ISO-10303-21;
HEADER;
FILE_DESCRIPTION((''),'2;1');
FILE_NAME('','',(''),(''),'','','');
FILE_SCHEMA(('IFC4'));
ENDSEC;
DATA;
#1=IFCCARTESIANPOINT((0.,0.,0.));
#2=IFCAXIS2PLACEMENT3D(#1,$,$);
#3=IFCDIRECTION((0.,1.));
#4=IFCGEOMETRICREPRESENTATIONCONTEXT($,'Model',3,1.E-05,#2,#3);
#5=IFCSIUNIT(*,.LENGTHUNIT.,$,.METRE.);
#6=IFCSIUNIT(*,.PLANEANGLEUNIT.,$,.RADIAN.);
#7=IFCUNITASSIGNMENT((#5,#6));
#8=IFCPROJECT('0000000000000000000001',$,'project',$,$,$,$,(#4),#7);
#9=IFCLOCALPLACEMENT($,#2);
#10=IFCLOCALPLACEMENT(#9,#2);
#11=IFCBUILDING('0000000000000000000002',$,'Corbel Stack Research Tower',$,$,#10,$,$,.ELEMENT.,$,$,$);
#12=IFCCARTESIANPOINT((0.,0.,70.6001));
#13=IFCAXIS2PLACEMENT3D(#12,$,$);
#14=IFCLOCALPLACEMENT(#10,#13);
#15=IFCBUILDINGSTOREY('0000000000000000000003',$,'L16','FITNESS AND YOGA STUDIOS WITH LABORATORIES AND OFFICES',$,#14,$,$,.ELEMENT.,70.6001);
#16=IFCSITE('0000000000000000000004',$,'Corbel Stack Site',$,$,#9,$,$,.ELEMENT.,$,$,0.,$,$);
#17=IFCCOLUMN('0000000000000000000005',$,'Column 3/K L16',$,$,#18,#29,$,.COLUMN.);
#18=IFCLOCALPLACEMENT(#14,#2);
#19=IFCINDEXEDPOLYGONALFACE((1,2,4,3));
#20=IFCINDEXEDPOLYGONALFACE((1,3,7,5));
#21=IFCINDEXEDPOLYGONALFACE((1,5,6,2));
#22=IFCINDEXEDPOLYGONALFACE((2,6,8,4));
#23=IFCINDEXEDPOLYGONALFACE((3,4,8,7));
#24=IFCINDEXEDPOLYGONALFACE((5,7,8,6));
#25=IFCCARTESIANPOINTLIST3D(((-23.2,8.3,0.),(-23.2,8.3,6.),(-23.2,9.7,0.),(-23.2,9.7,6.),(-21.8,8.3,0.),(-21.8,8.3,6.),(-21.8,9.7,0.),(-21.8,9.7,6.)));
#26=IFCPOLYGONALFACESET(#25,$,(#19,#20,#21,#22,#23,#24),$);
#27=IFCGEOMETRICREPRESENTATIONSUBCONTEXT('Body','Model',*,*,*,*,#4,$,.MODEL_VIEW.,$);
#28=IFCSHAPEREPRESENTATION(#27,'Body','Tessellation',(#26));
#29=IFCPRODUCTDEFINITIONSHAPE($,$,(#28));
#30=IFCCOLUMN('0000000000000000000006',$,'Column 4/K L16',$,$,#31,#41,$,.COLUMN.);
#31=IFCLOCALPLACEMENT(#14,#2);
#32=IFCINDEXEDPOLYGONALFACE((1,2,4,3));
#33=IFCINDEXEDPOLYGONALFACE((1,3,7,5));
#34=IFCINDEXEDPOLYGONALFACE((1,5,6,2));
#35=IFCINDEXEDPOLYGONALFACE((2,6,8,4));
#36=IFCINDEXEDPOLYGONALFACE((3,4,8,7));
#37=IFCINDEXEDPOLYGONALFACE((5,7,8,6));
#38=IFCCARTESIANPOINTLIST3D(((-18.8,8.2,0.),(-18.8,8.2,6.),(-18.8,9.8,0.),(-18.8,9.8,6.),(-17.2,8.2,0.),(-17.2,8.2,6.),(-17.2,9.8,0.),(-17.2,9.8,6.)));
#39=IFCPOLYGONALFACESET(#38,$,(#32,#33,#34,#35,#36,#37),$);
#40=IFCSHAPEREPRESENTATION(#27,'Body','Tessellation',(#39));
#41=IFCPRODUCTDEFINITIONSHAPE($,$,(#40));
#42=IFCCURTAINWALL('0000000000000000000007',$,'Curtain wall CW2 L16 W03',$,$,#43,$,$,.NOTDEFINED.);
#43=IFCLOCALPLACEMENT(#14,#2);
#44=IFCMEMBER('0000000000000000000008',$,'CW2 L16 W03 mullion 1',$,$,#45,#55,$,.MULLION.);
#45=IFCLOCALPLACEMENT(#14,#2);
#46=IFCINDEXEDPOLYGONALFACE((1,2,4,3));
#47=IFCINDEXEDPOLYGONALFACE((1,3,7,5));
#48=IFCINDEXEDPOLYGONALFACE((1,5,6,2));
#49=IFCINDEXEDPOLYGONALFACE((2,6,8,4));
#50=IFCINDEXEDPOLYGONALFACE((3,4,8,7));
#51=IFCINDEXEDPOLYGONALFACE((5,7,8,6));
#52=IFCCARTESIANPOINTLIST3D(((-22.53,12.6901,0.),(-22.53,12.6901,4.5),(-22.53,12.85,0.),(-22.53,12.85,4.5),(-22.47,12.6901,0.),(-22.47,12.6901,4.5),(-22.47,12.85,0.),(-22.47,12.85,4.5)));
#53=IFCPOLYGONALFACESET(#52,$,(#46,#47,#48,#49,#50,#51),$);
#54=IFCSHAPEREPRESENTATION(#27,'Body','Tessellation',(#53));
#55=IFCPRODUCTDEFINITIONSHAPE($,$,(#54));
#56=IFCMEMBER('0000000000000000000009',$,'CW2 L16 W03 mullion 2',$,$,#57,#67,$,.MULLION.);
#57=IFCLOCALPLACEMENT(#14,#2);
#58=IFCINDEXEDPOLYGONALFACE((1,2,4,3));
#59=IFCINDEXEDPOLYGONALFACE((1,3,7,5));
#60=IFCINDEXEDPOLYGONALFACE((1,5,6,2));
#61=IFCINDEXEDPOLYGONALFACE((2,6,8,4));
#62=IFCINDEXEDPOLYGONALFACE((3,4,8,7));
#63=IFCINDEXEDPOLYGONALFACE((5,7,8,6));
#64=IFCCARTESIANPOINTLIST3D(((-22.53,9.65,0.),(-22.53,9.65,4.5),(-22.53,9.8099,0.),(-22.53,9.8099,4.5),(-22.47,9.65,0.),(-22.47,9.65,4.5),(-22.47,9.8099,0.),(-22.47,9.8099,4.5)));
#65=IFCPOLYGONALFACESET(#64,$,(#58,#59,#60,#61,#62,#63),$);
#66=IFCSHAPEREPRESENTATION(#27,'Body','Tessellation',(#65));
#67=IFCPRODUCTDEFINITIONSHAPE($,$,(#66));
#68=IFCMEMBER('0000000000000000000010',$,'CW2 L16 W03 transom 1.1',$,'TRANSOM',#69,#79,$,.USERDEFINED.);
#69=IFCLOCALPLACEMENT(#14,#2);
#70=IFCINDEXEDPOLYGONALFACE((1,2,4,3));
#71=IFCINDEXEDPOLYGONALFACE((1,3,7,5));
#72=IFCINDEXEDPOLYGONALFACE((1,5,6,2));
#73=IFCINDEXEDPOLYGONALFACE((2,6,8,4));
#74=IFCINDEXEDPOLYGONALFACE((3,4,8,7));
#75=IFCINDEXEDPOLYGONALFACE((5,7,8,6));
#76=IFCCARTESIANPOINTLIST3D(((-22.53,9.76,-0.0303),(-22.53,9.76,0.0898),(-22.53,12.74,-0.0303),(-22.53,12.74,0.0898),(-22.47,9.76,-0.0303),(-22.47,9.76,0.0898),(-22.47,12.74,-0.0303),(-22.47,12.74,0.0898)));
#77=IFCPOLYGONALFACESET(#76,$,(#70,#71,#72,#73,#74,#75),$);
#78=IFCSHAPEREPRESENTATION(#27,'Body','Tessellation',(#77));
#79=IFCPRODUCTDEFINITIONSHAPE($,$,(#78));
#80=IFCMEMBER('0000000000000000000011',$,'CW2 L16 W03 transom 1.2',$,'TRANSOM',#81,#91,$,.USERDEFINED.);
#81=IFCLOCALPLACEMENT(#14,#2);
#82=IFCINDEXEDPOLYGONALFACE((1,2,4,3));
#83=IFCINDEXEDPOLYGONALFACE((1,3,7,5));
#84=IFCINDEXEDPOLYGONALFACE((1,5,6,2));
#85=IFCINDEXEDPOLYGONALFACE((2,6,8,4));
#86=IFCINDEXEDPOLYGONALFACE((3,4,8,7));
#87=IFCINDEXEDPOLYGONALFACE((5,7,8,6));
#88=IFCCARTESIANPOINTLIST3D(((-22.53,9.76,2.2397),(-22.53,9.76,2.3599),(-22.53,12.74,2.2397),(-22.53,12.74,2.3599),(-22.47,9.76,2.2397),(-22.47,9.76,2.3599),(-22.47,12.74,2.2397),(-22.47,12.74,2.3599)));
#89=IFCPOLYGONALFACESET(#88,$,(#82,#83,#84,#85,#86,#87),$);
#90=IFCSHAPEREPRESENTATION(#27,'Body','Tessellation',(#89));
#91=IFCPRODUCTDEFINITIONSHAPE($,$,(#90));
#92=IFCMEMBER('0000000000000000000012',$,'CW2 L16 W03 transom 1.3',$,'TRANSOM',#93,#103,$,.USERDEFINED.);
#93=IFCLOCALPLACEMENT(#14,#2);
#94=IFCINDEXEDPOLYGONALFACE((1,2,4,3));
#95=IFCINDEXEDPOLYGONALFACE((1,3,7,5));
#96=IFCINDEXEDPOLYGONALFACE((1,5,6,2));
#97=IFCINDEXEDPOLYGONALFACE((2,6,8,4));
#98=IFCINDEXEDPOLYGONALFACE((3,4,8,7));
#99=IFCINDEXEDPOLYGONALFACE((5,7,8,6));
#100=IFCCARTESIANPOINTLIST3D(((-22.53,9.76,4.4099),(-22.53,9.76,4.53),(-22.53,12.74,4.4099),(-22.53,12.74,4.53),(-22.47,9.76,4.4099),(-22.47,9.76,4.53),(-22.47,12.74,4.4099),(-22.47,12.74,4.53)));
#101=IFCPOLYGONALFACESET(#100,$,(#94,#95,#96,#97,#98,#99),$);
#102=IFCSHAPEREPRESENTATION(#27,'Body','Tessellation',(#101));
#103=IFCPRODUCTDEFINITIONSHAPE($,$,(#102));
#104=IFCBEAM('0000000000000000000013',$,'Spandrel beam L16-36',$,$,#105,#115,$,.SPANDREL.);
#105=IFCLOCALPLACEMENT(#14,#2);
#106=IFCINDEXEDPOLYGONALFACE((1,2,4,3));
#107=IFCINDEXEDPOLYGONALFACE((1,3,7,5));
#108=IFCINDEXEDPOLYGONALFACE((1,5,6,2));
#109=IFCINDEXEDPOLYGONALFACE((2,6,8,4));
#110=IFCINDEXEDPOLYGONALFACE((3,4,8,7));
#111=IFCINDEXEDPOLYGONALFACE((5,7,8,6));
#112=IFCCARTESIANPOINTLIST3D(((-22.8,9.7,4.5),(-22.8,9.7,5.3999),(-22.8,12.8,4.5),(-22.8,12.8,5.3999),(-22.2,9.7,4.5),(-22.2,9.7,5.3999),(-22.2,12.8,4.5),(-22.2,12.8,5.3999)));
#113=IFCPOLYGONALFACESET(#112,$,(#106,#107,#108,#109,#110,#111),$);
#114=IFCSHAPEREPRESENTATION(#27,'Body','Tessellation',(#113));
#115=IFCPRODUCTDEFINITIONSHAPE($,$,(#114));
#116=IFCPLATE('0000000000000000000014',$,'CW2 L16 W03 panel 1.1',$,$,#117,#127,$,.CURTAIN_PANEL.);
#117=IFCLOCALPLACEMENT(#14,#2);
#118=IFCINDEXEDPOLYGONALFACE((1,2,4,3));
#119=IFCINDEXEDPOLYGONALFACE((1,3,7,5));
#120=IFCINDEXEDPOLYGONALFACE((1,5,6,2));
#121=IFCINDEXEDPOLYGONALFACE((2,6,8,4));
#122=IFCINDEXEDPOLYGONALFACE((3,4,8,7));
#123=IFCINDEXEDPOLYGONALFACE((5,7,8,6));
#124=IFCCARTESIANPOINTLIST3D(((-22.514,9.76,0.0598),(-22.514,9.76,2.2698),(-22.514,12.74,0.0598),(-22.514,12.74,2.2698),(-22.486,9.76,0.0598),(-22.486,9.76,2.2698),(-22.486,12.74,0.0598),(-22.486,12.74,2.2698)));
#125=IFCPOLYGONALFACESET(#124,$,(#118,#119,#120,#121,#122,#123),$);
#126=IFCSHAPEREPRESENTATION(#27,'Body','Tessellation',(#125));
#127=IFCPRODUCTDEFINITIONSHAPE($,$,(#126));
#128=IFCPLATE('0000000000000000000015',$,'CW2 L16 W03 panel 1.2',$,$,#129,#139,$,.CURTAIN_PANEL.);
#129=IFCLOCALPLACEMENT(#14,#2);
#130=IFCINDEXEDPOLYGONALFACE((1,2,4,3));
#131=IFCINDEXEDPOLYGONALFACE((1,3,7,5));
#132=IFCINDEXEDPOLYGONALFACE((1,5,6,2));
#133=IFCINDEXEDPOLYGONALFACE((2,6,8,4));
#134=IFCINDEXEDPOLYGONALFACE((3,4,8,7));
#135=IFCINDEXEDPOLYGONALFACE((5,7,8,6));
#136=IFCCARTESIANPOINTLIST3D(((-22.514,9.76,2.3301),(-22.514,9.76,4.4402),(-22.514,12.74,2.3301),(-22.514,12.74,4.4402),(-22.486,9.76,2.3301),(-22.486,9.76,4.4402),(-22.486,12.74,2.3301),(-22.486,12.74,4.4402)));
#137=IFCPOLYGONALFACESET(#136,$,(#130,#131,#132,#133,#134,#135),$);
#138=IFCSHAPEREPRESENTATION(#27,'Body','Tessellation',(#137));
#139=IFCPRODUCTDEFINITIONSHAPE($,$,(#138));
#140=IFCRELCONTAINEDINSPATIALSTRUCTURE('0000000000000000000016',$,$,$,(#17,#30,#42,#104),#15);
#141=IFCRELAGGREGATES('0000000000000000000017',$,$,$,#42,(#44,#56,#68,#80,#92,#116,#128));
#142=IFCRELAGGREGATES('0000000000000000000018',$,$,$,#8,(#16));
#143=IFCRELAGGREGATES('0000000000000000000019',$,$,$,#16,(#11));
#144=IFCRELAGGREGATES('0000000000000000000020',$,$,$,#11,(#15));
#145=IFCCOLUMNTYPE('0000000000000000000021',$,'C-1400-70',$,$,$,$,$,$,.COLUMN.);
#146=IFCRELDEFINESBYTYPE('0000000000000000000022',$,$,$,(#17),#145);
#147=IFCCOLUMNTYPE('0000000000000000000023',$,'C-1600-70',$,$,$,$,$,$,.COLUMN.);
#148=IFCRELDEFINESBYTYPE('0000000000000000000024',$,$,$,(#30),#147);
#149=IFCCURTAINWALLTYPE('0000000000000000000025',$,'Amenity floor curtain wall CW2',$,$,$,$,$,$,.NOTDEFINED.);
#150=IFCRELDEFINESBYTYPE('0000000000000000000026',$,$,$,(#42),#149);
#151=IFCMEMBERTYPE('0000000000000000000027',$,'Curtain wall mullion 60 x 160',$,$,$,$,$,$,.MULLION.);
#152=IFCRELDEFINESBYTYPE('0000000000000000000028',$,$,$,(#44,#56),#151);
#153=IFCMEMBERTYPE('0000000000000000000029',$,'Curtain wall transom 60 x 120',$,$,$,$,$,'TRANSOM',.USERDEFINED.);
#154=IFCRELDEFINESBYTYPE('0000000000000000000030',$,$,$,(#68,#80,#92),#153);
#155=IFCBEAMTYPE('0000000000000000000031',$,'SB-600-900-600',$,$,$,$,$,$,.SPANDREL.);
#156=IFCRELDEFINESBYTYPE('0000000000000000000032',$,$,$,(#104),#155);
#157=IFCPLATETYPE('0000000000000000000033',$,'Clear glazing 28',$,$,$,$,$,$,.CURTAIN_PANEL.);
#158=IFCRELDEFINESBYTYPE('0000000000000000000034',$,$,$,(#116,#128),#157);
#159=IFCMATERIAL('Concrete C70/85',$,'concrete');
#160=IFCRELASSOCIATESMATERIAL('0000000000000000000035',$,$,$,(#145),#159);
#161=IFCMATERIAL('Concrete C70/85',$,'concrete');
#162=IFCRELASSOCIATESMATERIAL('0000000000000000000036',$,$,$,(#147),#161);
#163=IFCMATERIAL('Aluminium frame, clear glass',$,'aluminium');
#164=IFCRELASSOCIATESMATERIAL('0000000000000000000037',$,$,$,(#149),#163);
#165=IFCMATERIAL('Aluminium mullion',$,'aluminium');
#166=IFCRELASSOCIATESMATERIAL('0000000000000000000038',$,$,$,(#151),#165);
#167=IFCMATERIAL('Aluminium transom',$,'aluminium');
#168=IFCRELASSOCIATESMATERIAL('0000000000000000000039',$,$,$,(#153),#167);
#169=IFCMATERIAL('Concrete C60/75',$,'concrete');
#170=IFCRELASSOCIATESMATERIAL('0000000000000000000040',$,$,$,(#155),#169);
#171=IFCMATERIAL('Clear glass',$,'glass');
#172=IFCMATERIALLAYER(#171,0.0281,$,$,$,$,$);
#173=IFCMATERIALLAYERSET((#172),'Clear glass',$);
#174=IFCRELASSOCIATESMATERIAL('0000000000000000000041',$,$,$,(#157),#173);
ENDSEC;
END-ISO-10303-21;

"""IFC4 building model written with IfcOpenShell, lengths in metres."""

from ifc_helpers import new_model, si_unit, direction, frame, origin, origin_2d, place, context, subcontext, project, spatial, rectangle, extrude, material, layer, layer_set, material_profile, profile_set, type_object, element, aggregate, save


model = new_model("IFC4")

# Units and contexts
model_context = context("Model", 3, precision=1e-05, world=origin(), true_north=direction((0.0, 1.0)))
body_context = subcontext(model_context, "Body", "Model", "MODEL_VIEW")
ifc_project = project(units=[si_unit("LENGTHUNIT", "METRE"), si_unit("PLANEANGLEUNIT", "RADIAN")], contexts=[model_context])

# Site, building, storey
site_placement = place(None, origin())
site = spatial("IfcSite", under=ifc_project, at=site_placement, Name="Corbel Stack Site", CompositionType="ELEMENT", RefElevation=0.0)
building_placement = place(site_placement, origin())
building = spatial("IfcBuilding", under=site, at=building_placement, Name="Corbel Stack Research Tower", CompositionType="ELEMENT")
storey_placement = place(building_placement, frame((0.0, 0.0, 70.6001)))
storey = spatial("IfcBuildingStorey", under=building, at=storey_placement, Name="L16", Description="FITNESS AND YOGA STUDIOS WITH LABORATORIES AND OFFICES", CompositionType="ELEMENT", Elevation=70.6001)

# Columns
ifc_material_1 = material(Name="Concrete C70/85", Category="concrete")
ifc_material_profile_1 = material_profile(ifc_material_1, rectangle(XDim=1.3999, YDim=1.3999, at=origin_2d()), Name="RC 1400 x 1400")
ifc_profile_set_1 = profile_set([ifc_material_profile_1], Name="Concrete C70/85")
column_type_1 = type_object("IfcColumnType", Name="C-1400-70", PredefinedType="COLUMN", material=ifc_profile_set_1)
column_1_placement = place(storey_placement, frame((-22.5, 9.0, 0.0), z_axis=(0.0, 0.0, 1.0), x_axis=(1.0, 0.0, 0.0)))
element("IfcColumn", 1, at=column_1_placement, inside=storey, type_object=column_type_1, Name="Column 3/K L16", PredefinedType="COLUMN", context=body_context, shape_type="SweptSolid", body=[
    extrude(rectangle(XDim=1.3999, YDim=1.3999, at=origin_2d()), origin(), (0.0, 0.0, 1.0), 6.0),
])
ifc_material_2 = material(Name="Concrete C70/85", Category="concrete")
ifc_material_profile_2 = material_profile(ifc_material_2, rectangle(XDim=1.6001, YDim=1.6001, at=origin_2d()), Name="RC 1600 x 1600")
ifc_profile_set_2 = profile_set([ifc_material_profile_2], Name="Concrete C70/85")
column_type_2 = type_object("IfcColumnType", Name="C-1600-70", PredefinedType="COLUMN", material=ifc_profile_set_2)
column_2_placement = place(storey_placement, frame((-18.0, 9.0, 0.0), z_axis=(0.0, 0.0, 1.0), x_axis=(1.0, 0.0, 0.0)))
element("IfcColumn", 2, at=column_2_placement, inside=storey, type_object=column_type_2, Name="Column 4/K L16", PredefinedType="COLUMN", context=body_context, shape_type="SweptSolid", body=[
    extrude(rectangle(XDim=1.6001, YDim=1.6001, at=origin_2d()), origin(), (0.0, 0.0, 1.0), 6.0),
])

# Curtain wall, members
ifc_material_3 = material(Name="Aluminium frame, clear glass", Category="aluminium")
curtain_wall_type = type_object("IfcCurtainWallType", Name="Amenity floor curtain wall CW2", PredefinedType="NOTDEFINED", material=ifc_material_3)
curtain_wall_placement = place(storey_placement, origin())
curtain_wall = element("IfcCurtainWall", 3, at=curtain_wall_placement, inside=storey, type_object=curtain_wall_type, Name="Curtain wall CW2 L16 W03", PredefinedType="NOTDEFINED")
ifc_material_4 = material(Name="Aluminium mullion", Category="aluminium")
ifc_material_profile_3 = material_profile(ifc_material_4, rectangle(XDim=0.0601, YDim=0.1599, at=origin_2d()), Name="Mullion 60 x 160")
ifc_profile_set_3 = profile_set([ifc_material_profile_3], Name="Aluminium mullion")
member_type_1 = type_object("IfcMemberType", Name="Curtain wall mullion 60 x 160", PredefinedType="MULLION", material=ifc_profile_set_3)
member_1_placement = place(storey_placement, frame((-22.5, 12.77, 0.0), z_axis=(0.0, 0.0, 1.0), x_axis=(1.0, 0.0, 0.0)))
member_1 = element("IfcMember", 4, at=member_1_placement, type_object=member_type_1, Name="CW2 L16 W03 mullion 1", PredefinedType="MULLION", context=body_context, shape_type="SweptSolid", body=[
    extrude(rectangle(XDim=0.0601, YDim=0.1599, at=origin_2d()), origin(), (0.0, 0.0, 1.0), 4.5),
])
member_2_placement = place(storey_placement, frame((-22.5, 9.73, 0.0), z_axis=(0.0, 0.0, 1.0), x_axis=(1.0, 0.0, 0.0)))
member_2 = element("IfcMember", 5, at=member_2_placement, type_object=member_type_1, Name="CW2 L16 W03 mullion 2", PredefinedType="MULLION", context=body_context, shape_type="SweptSolid", body=[
    extrude(rectangle(XDim=0.0601, YDim=0.1599, at=origin_2d()), origin(), (0.0, 0.0, 1.0), 4.5),
])
ifc_material_5 = material(Name="Aluminium transom", Category="aluminium")
ifc_material_profile_4 = material_profile(ifc_material_5, rectangle(XDim=0.0601, YDim=0.1201, at=origin_2d()), Name="Transom 60 x 120")
ifc_profile_set_4 = profile_set([ifc_material_profile_4], Name="Aluminium transom")
member_type_2 = type_object("IfcMemberType", Name="Curtain wall transom 60 x 120", ElementType="TRANSOM", PredefinedType="USERDEFINED", material=ifc_profile_set_4)
member_3_placement = place(storey_placement, frame((-22.5, 12.74, 0.0298), z_axis=(0.0, -1.0, 0.0), x_axis=(1.0, 0.0, 0.0)))
member_3 = element("IfcMember", 6, at=member_3_placement, type_object=member_type_2, Name="CW2 L16 W03 transom 1.1", ObjectType="TRANSOM", PredefinedType="USERDEFINED", context=body_context, shape_type="SweptSolid", body=[
    extrude(rectangle(XDim=0.0601, YDim=0.1201, at=origin_2d()), origin(), (0.0, 0.0, 1.0), 2.98),
])
member_4_placement = place(storey_placement, frame((-22.5, 12.74, 2.2998), z_axis=(0.0, -1.0, 0.0), x_axis=(1.0, 0.0, 0.0)))
member_4 = element("IfcMember", 7, at=member_4_placement, type_object=member_type_2, Name="CW2 L16 W03 transom 1.2", ObjectType="TRANSOM", PredefinedType="USERDEFINED", context=body_context, shape_type="SweptSolid", body=[
    extrude(rectangle(XDim=0.0601, YDim=0.1201, at=origin_2d()), origin(), (0.0, 0.0, 1.0), 2.98),
])
member_5_placement = place(storey_placement, frame((-22.5, 12.74, 4.47), z_axis=(0.0, -1.0, 0.0), x_axis=(1.0, 0.0, 0.0)))
member_5 = element("IfcMember", 8, at=member_5_placement, type_object=member_type_2, Name="CW2 L16 W03 transom 1.3", ObjectType="TRANSOM", PredefinedType="USERDEFINED", context=body_context, shape_type="SweptSolid", body=[
    extrude(rectangle(XDim=0.0601, YDim=0.1201, at=origin_2d()), origin(), (0.0, 0.0, 1.0), 2.98),
])

# Beam
ifc_material_6 = material(Name="Concrete C60/75", Category="concrete")
ifc_material_profile_5 = material_profile(ifc_material_6, rectangle(XDim=0.6001, YDim=0.8999, at=origin_2d()), Name="RC 600 x 900")
ifc_profile_set_5 = profile_set([ifc_material_profile_5], Name="Concrete C60/75")
beam_type = type_object("IfcBeamType", Name="SB-600-900-600", PredefinedType="SPANDREL", material=ifc_profile_set_5)
beam_placement = place(storey_placement, frame((-22.5, 12.8, 4.95), z_axis=(0.0, -1.0, 0.0), x_axis=(1.0, 0.0, 0.0)))
element("IfcBeam", 9, at=beam_placement, inside=storey, type_object=beam_type, Name="Spandrel beam L16-36", PredefinedType="SPANDREL", context=body_context, shape_type="SweptSolid", body=[
    extrude(rectangle(XDim=0.6001, YDim=0.8999, at=origin_2d()), origin(), (0.0, 0.0, 1.0), 3.1001),
])

# Plates
ifc_material_7 = material(Name="Clear glass", Category="glass")
ifc_layer_1 = layer(ifc_material_7, 0.0281)
ifc_layer_set_1 = layer_set([ifc_layer_1], Name="Clear glass")
plate_type = type_object("IfcPlateType", Name="Clear glazing 28", PredefinedType="CURTAIN_PANEL", material=ifc_layer_set_1)
plate_1_placement = place(storey_placement, frame((-22.5, 11.25, 0.0598), z_axis=(0.0, 0.0, 1.0), x_axis=(0.0, -1.0, 0.0)))
plate_1 = element("IfcPlate", 10, at=plate_1_placement, type_object=plate_type, Name="CW2 L16 W03 panel 1.1", PredefinedType="CURTAIN_PANEL", context=body_context, shape_type="SweptSolid", body=[
    extrude(rectangle(XDim=2.98, YDim=0.0281, at=origin_2d()), origin(), (0.0, 0.0, 1.0), 2.21),
])
plate_2_placement = place(storey_placement, frame((-22.5, 11.25, 2.3301), z_axis=(0.0, 0.0, 1.0), x_axis=(0.0, -1.0, 0.0)))
plate_2 = element("IfcPlate", 11, at=plate_2_placement, type_object=plate_type, Name="CW2 L16 W03 panel 1.2", PredefinedType="CURTAIN_PANEL", context=body_context, shape_type="SweptSolid", body=[
    extrude(rectangle(XDim=2.98, YDim=0.0281, at=origin_2d()), origin(), (0.0, 0.0, 1.0), 2.1101),
])
aggregate(curtain_wall, [member_1, member_2, member_3, member_4, member_5, plate_1, plate_2])

save(model, "model.ifc")
